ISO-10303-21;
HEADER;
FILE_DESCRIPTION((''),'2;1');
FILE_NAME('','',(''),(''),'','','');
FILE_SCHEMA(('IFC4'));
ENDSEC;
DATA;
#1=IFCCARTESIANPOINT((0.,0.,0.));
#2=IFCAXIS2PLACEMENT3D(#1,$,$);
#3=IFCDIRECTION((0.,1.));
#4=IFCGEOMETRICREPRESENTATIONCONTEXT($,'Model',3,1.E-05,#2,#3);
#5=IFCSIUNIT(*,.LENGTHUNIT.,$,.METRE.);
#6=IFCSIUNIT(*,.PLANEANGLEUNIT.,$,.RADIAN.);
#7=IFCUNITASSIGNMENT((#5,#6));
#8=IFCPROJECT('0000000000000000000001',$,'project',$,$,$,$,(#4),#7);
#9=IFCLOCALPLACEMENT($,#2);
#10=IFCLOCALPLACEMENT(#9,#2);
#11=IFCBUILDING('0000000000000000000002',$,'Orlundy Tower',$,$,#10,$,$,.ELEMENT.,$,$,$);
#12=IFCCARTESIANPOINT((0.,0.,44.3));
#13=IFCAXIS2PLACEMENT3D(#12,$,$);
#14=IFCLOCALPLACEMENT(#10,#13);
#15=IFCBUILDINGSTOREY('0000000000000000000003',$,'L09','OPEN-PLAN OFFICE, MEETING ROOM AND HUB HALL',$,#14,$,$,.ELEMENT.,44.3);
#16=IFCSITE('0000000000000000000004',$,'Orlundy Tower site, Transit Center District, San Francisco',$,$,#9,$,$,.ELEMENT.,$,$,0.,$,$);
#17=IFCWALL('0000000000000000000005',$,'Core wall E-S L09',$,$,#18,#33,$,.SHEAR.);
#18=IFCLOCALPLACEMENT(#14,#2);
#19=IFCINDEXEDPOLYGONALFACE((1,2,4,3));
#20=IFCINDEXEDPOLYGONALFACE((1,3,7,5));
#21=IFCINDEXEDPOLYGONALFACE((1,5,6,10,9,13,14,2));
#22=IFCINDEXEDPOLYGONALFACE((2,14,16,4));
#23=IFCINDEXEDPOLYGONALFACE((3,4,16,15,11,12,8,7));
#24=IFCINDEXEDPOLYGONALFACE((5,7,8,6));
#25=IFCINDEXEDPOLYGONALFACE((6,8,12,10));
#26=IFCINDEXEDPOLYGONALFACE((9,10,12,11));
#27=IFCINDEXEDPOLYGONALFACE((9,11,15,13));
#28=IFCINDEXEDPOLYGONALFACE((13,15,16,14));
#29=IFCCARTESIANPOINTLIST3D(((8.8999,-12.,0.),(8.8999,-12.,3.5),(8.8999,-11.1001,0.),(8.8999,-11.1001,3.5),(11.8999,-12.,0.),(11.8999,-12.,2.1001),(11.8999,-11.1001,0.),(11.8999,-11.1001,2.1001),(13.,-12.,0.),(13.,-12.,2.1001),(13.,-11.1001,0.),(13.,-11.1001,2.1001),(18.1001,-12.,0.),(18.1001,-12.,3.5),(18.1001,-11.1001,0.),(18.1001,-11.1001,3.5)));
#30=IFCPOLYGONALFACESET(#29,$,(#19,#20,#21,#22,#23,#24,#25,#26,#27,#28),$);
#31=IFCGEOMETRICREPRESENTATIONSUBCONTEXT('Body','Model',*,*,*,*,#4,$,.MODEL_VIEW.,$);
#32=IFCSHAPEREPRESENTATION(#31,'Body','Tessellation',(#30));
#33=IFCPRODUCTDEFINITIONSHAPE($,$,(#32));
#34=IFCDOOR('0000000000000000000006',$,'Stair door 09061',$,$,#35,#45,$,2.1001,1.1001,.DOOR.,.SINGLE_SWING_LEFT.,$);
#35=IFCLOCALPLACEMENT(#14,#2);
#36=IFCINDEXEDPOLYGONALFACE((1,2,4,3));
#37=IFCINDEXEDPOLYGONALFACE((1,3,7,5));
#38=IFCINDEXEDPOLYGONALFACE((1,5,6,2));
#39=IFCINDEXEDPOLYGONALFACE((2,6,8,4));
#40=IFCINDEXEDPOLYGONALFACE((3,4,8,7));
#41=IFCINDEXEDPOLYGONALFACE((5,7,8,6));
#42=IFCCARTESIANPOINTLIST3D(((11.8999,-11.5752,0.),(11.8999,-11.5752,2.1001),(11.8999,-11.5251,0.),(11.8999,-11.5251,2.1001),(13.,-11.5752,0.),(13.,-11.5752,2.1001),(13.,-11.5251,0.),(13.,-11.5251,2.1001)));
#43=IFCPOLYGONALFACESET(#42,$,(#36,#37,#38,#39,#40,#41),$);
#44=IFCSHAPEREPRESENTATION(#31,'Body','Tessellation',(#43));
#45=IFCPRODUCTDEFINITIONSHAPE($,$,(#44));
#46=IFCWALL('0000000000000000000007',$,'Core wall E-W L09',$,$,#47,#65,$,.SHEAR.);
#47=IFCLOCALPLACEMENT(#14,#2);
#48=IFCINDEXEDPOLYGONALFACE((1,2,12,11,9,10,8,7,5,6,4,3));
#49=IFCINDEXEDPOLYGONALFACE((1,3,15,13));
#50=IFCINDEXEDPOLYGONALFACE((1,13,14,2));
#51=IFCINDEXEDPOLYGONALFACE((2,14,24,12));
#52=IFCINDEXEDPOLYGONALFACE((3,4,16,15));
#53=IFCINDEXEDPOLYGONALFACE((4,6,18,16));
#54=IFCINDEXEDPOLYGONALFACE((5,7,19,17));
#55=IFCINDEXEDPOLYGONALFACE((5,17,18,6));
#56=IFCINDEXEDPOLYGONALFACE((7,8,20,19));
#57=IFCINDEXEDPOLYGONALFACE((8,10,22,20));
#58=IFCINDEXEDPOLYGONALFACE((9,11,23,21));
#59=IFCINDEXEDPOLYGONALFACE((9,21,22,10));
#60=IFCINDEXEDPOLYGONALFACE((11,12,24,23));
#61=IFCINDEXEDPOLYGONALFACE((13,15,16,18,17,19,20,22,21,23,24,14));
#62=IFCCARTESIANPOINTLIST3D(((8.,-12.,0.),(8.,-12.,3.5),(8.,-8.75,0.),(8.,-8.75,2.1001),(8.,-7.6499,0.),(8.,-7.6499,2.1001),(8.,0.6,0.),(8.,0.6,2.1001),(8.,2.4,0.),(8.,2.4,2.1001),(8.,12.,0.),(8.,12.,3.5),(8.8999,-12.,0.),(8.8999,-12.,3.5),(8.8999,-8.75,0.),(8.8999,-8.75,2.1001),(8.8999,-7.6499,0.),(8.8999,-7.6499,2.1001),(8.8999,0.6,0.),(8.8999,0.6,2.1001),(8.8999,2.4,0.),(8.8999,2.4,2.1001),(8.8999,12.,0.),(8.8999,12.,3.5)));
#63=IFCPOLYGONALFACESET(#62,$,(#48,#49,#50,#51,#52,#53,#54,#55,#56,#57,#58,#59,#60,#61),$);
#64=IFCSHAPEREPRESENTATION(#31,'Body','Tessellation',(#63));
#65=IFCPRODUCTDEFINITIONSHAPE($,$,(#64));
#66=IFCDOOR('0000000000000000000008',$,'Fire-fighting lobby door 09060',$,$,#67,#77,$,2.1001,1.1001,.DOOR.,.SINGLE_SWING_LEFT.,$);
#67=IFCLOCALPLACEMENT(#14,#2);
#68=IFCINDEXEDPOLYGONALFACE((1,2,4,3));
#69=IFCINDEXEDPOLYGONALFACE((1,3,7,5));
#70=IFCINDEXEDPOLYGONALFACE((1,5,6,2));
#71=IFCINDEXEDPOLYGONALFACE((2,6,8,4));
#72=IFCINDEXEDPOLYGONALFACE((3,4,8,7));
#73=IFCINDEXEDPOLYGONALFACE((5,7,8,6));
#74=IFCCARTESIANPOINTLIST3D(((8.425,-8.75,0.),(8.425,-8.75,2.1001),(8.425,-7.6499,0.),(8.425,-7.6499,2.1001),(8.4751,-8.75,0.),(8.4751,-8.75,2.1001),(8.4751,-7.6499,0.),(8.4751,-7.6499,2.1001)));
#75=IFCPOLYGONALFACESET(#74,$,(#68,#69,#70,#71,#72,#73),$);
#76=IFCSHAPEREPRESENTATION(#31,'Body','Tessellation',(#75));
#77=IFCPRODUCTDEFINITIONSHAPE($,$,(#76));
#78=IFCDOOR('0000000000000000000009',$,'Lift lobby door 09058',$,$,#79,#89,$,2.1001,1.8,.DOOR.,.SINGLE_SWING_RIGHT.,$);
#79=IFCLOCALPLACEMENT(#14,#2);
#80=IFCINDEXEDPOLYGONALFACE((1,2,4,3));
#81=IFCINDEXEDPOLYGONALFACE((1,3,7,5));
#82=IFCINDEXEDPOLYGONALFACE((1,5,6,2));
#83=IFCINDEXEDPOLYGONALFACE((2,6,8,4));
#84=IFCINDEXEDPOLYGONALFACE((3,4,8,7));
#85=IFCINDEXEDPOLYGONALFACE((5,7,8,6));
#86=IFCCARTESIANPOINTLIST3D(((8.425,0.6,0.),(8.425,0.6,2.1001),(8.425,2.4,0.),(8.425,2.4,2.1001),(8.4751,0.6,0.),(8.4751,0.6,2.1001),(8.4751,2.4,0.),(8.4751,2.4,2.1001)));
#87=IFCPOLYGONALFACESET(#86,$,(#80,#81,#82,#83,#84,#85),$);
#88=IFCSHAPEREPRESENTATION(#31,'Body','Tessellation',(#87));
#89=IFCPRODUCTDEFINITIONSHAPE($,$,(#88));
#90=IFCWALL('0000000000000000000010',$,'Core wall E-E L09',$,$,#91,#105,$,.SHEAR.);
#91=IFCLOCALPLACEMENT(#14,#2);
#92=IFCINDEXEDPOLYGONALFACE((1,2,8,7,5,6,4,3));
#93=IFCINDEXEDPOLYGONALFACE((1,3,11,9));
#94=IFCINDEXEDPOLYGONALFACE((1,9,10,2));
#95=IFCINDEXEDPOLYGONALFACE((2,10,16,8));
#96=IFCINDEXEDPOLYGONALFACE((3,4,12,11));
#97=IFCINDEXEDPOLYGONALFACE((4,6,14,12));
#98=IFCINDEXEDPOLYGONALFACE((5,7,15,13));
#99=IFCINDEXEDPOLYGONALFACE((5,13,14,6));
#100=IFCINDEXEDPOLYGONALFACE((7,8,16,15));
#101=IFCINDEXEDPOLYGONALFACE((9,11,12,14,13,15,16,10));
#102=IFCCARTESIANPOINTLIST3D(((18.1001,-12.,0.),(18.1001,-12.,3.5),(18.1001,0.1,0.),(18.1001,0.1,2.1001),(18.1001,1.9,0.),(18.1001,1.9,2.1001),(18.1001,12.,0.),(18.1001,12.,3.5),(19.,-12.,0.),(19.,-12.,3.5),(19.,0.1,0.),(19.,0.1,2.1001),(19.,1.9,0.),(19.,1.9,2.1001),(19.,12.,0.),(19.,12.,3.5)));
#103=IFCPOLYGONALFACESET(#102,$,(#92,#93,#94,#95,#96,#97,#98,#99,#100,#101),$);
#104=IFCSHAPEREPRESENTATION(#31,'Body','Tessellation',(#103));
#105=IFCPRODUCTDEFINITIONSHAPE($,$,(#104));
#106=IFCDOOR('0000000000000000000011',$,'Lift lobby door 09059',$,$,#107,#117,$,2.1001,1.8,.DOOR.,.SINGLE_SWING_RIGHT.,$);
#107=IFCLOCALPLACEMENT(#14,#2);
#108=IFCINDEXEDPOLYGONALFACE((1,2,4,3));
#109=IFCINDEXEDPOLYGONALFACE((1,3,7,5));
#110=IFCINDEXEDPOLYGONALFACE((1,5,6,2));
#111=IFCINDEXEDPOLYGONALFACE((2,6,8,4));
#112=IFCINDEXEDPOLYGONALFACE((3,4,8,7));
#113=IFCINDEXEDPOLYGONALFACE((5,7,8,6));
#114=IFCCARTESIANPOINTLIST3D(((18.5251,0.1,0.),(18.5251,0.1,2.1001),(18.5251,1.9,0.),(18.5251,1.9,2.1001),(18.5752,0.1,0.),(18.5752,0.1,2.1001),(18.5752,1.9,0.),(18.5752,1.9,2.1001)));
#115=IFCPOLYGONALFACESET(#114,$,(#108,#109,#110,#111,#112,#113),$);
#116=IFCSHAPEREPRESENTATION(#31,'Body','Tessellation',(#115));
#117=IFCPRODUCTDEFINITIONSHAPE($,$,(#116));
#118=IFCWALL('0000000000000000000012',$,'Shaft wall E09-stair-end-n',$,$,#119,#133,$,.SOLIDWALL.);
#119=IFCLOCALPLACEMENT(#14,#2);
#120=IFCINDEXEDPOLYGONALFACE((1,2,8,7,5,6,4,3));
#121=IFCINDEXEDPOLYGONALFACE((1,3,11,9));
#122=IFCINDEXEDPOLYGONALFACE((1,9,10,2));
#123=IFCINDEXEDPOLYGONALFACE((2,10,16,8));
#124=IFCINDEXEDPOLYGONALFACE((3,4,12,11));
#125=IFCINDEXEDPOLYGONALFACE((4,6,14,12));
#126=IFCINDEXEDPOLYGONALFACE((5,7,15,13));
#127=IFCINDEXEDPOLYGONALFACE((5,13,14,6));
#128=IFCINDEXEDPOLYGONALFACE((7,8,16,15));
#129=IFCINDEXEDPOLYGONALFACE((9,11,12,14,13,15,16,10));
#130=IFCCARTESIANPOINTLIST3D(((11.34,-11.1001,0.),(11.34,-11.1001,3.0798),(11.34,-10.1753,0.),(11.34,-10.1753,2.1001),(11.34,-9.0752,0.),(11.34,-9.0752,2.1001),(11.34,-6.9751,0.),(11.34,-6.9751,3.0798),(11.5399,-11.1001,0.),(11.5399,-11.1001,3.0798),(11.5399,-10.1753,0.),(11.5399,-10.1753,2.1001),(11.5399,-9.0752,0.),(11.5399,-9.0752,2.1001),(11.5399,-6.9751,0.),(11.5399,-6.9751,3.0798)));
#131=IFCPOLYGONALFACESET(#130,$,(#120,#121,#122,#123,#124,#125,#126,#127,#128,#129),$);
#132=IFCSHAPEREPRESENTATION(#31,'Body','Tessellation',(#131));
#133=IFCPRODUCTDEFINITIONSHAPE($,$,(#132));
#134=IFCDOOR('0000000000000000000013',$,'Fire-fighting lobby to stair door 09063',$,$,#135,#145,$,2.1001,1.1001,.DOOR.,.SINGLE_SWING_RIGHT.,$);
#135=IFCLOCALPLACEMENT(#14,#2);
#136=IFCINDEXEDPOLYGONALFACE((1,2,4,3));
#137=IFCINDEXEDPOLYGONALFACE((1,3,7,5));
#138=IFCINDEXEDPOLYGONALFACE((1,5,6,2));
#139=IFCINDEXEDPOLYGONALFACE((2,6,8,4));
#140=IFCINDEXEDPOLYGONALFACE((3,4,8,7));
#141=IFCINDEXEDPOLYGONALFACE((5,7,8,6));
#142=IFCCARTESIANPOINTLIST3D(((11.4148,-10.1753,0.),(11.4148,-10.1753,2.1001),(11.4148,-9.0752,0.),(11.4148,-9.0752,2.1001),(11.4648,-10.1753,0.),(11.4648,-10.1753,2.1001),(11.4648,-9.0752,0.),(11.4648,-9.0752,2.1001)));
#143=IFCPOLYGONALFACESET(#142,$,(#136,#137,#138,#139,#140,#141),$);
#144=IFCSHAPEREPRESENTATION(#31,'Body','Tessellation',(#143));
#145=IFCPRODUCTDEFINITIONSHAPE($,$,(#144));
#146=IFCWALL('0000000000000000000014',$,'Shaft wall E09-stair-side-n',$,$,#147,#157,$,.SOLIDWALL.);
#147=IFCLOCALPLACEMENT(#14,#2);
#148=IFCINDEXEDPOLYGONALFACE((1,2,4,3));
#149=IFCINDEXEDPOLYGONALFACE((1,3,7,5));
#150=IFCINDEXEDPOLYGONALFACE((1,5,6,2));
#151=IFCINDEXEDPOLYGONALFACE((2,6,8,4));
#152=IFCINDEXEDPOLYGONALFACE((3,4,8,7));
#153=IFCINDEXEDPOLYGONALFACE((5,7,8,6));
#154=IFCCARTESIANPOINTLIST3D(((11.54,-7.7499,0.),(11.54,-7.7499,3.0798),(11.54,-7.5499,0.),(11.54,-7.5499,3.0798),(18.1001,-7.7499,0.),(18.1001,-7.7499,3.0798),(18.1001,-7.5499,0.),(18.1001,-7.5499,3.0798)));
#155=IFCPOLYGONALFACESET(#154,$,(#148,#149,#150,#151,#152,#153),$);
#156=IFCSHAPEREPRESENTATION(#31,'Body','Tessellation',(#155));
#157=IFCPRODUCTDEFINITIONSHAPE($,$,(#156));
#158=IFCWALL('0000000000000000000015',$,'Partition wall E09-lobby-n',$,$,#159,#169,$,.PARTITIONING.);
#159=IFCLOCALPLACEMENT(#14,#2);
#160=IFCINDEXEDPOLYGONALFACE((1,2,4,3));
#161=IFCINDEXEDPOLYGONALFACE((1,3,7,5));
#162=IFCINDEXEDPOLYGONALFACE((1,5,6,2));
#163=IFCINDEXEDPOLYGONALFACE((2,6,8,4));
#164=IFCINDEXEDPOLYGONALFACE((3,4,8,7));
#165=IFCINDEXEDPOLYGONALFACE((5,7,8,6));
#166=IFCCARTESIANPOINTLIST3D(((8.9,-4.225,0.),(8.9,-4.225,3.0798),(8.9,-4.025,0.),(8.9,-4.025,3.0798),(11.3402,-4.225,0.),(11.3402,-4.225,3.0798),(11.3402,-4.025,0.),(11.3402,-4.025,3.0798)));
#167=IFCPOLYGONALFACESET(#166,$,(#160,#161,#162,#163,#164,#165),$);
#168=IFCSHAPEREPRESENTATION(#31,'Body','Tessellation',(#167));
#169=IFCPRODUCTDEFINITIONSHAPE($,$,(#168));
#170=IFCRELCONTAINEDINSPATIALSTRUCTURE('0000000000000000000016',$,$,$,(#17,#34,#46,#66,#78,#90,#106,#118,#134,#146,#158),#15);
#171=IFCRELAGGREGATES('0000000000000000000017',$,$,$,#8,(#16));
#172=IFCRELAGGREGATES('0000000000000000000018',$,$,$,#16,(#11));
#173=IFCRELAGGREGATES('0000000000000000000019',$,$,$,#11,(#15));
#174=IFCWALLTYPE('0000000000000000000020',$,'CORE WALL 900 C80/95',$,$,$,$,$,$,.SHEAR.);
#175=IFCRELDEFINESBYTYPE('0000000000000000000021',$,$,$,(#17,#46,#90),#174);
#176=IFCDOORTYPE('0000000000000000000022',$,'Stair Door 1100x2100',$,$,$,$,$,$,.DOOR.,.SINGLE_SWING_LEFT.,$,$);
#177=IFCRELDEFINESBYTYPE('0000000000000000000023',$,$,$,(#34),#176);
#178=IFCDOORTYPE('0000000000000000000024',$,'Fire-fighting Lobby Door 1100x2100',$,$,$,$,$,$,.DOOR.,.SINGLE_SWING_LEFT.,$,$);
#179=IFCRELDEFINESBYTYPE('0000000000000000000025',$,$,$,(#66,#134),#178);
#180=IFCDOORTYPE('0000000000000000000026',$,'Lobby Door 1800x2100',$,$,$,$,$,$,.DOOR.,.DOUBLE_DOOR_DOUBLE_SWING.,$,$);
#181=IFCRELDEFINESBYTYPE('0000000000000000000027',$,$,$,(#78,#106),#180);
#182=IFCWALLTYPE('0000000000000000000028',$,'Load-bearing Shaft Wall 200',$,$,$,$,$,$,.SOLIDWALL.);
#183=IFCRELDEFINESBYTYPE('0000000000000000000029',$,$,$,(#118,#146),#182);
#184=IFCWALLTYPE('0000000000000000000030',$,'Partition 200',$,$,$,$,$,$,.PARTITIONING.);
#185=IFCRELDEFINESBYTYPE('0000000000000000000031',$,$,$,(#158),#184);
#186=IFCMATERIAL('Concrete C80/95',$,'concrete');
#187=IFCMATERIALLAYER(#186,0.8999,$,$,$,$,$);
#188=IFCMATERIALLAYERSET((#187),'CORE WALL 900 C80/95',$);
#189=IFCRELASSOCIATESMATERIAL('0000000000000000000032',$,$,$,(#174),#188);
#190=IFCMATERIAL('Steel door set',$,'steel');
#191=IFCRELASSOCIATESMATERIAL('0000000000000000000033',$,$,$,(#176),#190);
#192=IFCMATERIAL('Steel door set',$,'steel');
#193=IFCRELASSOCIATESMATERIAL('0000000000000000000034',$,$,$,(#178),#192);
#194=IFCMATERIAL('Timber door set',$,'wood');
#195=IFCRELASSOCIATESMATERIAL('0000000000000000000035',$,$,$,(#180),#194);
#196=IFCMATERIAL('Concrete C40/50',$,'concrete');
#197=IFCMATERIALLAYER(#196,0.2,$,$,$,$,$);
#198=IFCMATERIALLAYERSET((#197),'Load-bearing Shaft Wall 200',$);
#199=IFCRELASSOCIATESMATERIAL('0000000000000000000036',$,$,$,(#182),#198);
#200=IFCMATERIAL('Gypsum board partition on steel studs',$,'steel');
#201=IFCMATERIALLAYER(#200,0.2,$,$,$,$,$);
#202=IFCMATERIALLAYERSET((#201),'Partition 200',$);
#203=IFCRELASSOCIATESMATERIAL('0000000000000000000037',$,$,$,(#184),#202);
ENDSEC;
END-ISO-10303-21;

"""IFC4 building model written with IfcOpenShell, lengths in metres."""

from ifc_helpers import new_model, si_unit, direction, frame, frame_2d, origin, place, context, subcontext, project, spatial, rectangle, extrude, material, layer, layer_set, type_object, element, fill, save


model = new_model("IFC4")

# Units and contexts
model_context = context("Model", 3, precision=1e-05, world=origin(), true_north=direction((0.0, 1.0)))
body_context = subcontext(model_context, "Body", "Model", "MODEL_VIEW")
ifc_project = project(units=[si_unit("LENGTHUNIT", "METRE"), si_unit("PLANEANGLEUNIT", "RADIAN")], contexts=[model_context])

# Site, building, storey
site_placement = place(None, origin())
site = spatial("IfcSite", under=ifc_project, at=site_placement, Name="Orlundy Tower site, Transit Center District, San Francisco", CompositionType="ELEMENT", RefElevation=0.0)
building_placement = place(site_placement, origin())
building = spatial("IfcBuilding", under=site, at=building_placement, Name="Orlundy Tower", CompositionType="ELEMENT")
storey_placement = place(building_placement, frame((0.0, 0.0, 44.3)))
storey = spatial("IfcBuildingStorey", under=building, at=storey_placement, Name="L09", Description="OPEN-PLAN OFFICE, MEETING ROOM AND HUB HALL", CompositionType="ELEMENT", Elevation=44.3)

# Wall, opening, door
ifc_material_1 = material(Name="Concrete C80/95", Category="concrete")
ifc_layer_1 = layer(ifc_material_1, 0.8999)
ifc_layer_set_1 = layer_set([ifc_layer_1], Name="CORE WALL 900 C80/95")
wall_type_1 = type_object("IfcWallType", Name="CORE WALL 900 C80/95", PredefinedType="SHEAR", material=ifc_layer_set_1)
wall_1_placement = place(storey_placement, frame((8.8999, -11.55, 0.0), z_axis=(0.0, 0.0, 1.0), x_axis=(1.0, 0.0, 0.0)))
wall_1 = element("IfcWall", 1, at=wall_1_placement, inside=storey, type_object=wall_type_1, Name="Core wall E-S L09", PredefinedType="SHEAR", context=body_context, shape_type="SweptSolid", body=[
    extrude(rectangle(XDim=9.2002, YDim=0.8999, at=frame_2d((4.6001, 0.0))), origin(), (0.0, 0.0, 1.0), 3.5),
])
opening_1_placement = place(wall_1_placement, frame((3.0, 0.0, 0.0)))
opening_1 = element("IfcOpeningElement", 2, at=opening_1_placement, cuts=wall_1, PredefinedType="OPENING", context=body_context, shape_type="SweptSolid", body=[
    extrude(rectangle(XDim=1.1001, YDim=2.1001, at=frame_2d((0.55, 1.05))), frame((0.0, 0.46, 0.0), z_axis=(0.0, -1.0, 0.0), x_axis=(1.0, 0.0, 0.0)), (0.0, 0.0, 1.0), 0.9199),
])
ifc_material_2 = material(Name="Steel door set", Category="steel")
door_type_1 = type_object("IfcDoorType", Name="Stair Door 1100x2100", OperationType="SINGLE_SWING_LEFT", PredefinedType="DOOR", material=ifc_material_2)
door_1_placement = place(opening_1_placement, origin())
door_1 = element("IfcDoor", 3, at=door_1_placement, inside=storey, type_object=door_type_1, Name="Stair door 09061", OperationType="SINGLE_SWING_LEFT", OverallHeight=2.1001, OverallWidth=1.1001, PredefinedType="DOOR", context=body_context, shape_type="SweptSolid", body=[
    extrude(rectangle(XDim=1.1001, YDim=2.1001, at=frame_2d((0.55, 1.05))), frame((0.0, 0.0249, 0.0), z_axis=(0.0, -1.0, 0.0), x_axis=(1.0, 0.0, 0.0)), (0.0, 0.0, 1.0), 0.05),
])
fill(opening_1, door_1)

# Wall, openings, doors
wall_2_placement = place(storey_placement, frame((8.45, -12.0, 0.0), z_axis=(0.0, 0.0, 1.0), x_axis=(0.0, 1.0, 0.0)))
wall_2 = element("IfcWall", 4, at=wall_2_placement, inside=storey, type_object=wall_type_1, Name="Core wall E-W L09", PredefinedType="SHEAR", context=body_context, shape_type="SweptSolid", body=[
    extrude(rectangle(XDim=24.0, YDim=0.8999, at=frame_2d((12.0, 0.0))), origin(), (0.0, 0.0, 1.0), 3.5),
])
opening_2_placement = place(wall_2_placement, frame((12.6001, 0.0, 0.0)))
opening_2 = element("IfcOpeningElement", 5, at=opening_2_placement, cuts=wall_2, PredefinedType="OPENING", context=body_context, shape_type="SweptSolid", body=[
    extrude(rectangle(XDim=1.8, YDim=2.1001, at=frame_2d((0.8999, 1.05))), frame((0.0, 0.46, 0.0), z_axis=(0.0, -1.0, 0.0), x_axis=(1.0, 0.0, 0.0)), (0.0, 0.0, 1.0), 0.9199),
])
opening_3_placement = place(wall_2_placement, frame((3.25, 0.0, 0.0)))
opening_3 = element("IfcOpeningElement", 6, at=opening_3_placement, cuts=wall_2, PredefinedType="OPENING", context=body_context, shape_type="SweptSolid", body=[
    extrude(rectangle(XDim=1.1001, YDim=2.1001, at=frame_2d((0.55, 1.05))), frame((0.0, 0.46, 0.0), z_axis=(0.0, -1.0, 0.0), x_axis=(1.0, 0.0, 0.0)), (0.0, 0.0, 1.0), 0.9199),
])
ifc_material_3 = material(Name="Steel door set", Category="steel")
door_type_2 = type_object("IfcDoorType", Name="Fire-fighting Lobby Door 1100x2100", OperationType="SINGLE_SWING_LEFT", PredefinedType="DOOR", material=ifc_material_3)
door_2_placement = place(opening_3_placement, origin())
door_2 = element("IfcDoor", 7, at=door_2_placement, inside=storey, type_object=door_type_2, Name="Fire-fighting lobby door 09060", OperationType="SINGLE_SWING_LEFT", OverallHeight=2.1001, OverallWidth=1.1001, PredefinedType="DOOR", context=body_context, shape_type="SweptSolid", body=[
    extrude(rectangle(XDim=1.1001, YDim=2.1001, at=frame_2d((0.55, 1.05))), frame((0.0, 0.0249, 0.0), z_axis=(0.0, -1.0, 0.0), x_axis=(1.0, 0.0, 0.0)), (0.0, 0.0, 1.0), 0.05),
])
fill(opening_3, door_2)
ifc_material_4 = material(Name="Timber door set", Category="wood")
door_type_3 = type_object("IfcDoorType", Name="Lobby Door 1800x2100", OperationType="DOUBLE_DOOR_DOUBLE_SWING", PredefinedType="DOOR", material=ifc_material_4)
door_3_placement = place(opening_2_placement, origin())
door_3 = element("IfcDoor", 8, at=door_3_placement, inside=storey, type_object=door_type_3, Name="Lift lobby door 09058", OperationType="SINGLE_SWING_RIGHT", OverallHeight=2.1001, OverallWidth=1.8, PredefinedType="DOOR", context=body_context, shape_type="SweptSolid", body=[
    extrude(rectangle(XDim=1.8, YDim=2.1001, at=frame_2d((0.8999, 1.05))), frame((0.0, 0.0249, 0.0), z_axis=(0.0, -1.0, 0.0), x_axis=(1.0, 0.0, 0.0)), (0.0, 0.0, 1.0), 0.05),
])
fill(opening_2, door_3)

# Walls, openings, doors
wall_3_placement = place(storey_placement, frame((18.55, -12.0, 0.0), z_axis=(0.0, 0.0, 1.0), x_axis=(0.0, 1.0, 0.0)))
wall_3 = element("IfcWall", 9, at=wall_3_placement, inside=storey, type_object=wall_type_1, Name="Core wall E-E L09", PredefinedType="SHEAR", context=body_context, shape_type="SweptSolid", body=[
    extrude(rectangle(XDim=24.0, YDim=0.8999, at=frame_2d((12.0, 0.0))), origin(), (0.0, 0.0, 1.0), 3.5),
])
opening_4_placement = place(wall_3_placement, frame((12.1001, 0.0, 0.0)))
opening_4 = element("IfcOpeningElement", 10, at=opening_4_placement, cuts=wall_3, PredefinedType="OPENING", context=body_context, shape_type="SweptSolid", body=[
    extrude(rectangle(XDim=1.8, YDim=2.1001, at=frame_2d((0.8999, 1.05))), frame((0.0, 0.46, 0.0), z_axis=(0.0, -1.0, 0.0), x_axis=(1.0, 0.0, 0.0)), (0.0, 0.0, 1.0), 0.9199),
])
door_4_placement = place(opening_4_placement, origin())
door_4 = element("IfcDoor", 11, at=door_4_placement, inside=storey, type_object=door_type_3, Name="Lift lobby door 09059", OperationType="SINGLE_SWING_RIGHT", OverallHeight=2.1001, OverallWidth=1.8, PredefinedType="DOOR", context=body_context, shape_type="SweptSolid", body=[
    extrude(rectangle(XDim=1.8, YDim=2.1001, at=frame_2d((0.8999, 1.05))), frame((0.0, 0.0249, 0.0), z_axis=(0.0, -1.0, 0.0), x_axis=(1.0, 0.0, 0.0)), (0.0, 0.0, 1.0), 0.05),
])
fill(opening_4, door_4)
ifc_material_5 = material(Name="Concrete C40/50", Category="concrete")
ifc_layer_2 = layer(ifc_material_5, 0.2)
ifc_layer_set_2 = layer_set([ifc_layer_2], Name="Load-bearing Shaft Wall 200")
wall_type_2 = type_object("IfcWallType", Name="Load-bearing Shaft Wall 200", PredefinedType="SOLIDWALL", material=ifc_layer_set_2)
wall_4_placement = place(storey_placement, frame((11.4399, -6.9751, 0.0), z_axis=(0.0, 0.0, 1.0), x_axis=(0.0, -1.0, 0.0)))
wall_4 = element("IfcWall", 12, at=wall_4_placement, inside=storey, type_object=wall_type_2, Name="Shaft wall E09-stair-end-n", PredefinedType="SOLIDWALL", context=body_context, shape_type="SweptSolid", body=[
    extrude(rectangle(XDim=4.125, YDim=0.2, at=frame_2d((2.0625, 0.0))), origin(), (0.0, 0.0, 1.0), 3.0798),
])
opening_5_placement = place(wall_4_placement, frame((2.1001, 0.0, 0.0)))
opening_5 = element("IfcOpeningElement", 13, at=opening_5_placement, cuts=wall_4, PredefinedType="OPENING", context=body_context, shape_type="SweptSolid", body=[
    extrude(rectangle(XDim=1.1001, YDim=2.1001, at=frame_2d((0.55, 1.05))), frame((0.0, 0.1101, 0.0), z_axis=(0.0, -1.0, 0.0), x_axis=(1.0, 0.0, 0.0)), (0.0, 0.0, 1.0), 0.2202),
])
door_5_placement = place(opening_5_placement, origin())
door_5 = element("IfcDoor", 14, at=door_5_placement, inside=storey, type_object=door_type_2, Name="Fire-fighting lobby to stair door 09063", OperationType="SINGLE_SWING_RIGHT", OverallHeight=2.1001, OverallWidth=1.1001, PredefinedType="DOOR", context=body_context, shape_type="SweptSolid", body=[
    extrude(rectangle(XDim=1.1001, YDim=2.1001, at=frame_2d((0.55, 1.05))), frame((0.0, 0.0249, 0.0), z_axis=(0.0, -1.0, 0.0), x_axis=(1.0, 0.0, 0.0)), (0.0, 0.0, 1.0), 0.05),
])
fill(opening_5, door_5)

# Walls
wall_5_placement = place(storey_placement, frame((11.54, -7.6499, 0.0), z_axis=(0.0, 0.0, 1.0), x_axis=(1.0, 0.0, 0.0)))
element("IfcWall", 15, at=wall_5_placement, inside=storey, type_object=wall_type_2, Name="Shaft wall E09-stair-side-n", PredefinedType="SOLIDWALL", context=body_context, shape_type="SweptSolid", body=[
    extrude(rectangle(XDim=6.5601, YDim=0.2, at=frame_2d((3.28, 0.0))), origin(), (0.0, 0.0, 1.0), 3.0798),
])
ifc_material_6 = material(Name="Gypsum board partition on steel studs", Category="steel")
ifc_layer_3 = layer(ifc_material_6, 0.2)
ifc_layer_set_3 = layer_set([ifc_layer_3], Name="Partition 200")
wall_type_3 = type_object("IfcWallType", Name="Partition 200", PredefinedType="PARTITIONING", material=ifc_layer_set_3)
wall_6_placement = place(storey_placement, frame((8.8999, -4.125, 0.0), z_axis=(0.0, 0.0, 1.0), x_axis=(1.0, 0.0, 0.0)))
element("IfcWall", 16, at=wall_6_placement, inside=storey, type_object=wall_type_3, Name="Partition wall E09-lobby-n", PredefinedType="PARTITIONING", context=body_context, shape_type="SweptSolid", body=[
    extrude(rectangle(XDim=2.4402, YDim=0.2, at=frame_2d((1.2202, 0.0))), origin(), (0.0, 0.0, 1.0), 3.0798),
])

save(model, "model.ifc")
